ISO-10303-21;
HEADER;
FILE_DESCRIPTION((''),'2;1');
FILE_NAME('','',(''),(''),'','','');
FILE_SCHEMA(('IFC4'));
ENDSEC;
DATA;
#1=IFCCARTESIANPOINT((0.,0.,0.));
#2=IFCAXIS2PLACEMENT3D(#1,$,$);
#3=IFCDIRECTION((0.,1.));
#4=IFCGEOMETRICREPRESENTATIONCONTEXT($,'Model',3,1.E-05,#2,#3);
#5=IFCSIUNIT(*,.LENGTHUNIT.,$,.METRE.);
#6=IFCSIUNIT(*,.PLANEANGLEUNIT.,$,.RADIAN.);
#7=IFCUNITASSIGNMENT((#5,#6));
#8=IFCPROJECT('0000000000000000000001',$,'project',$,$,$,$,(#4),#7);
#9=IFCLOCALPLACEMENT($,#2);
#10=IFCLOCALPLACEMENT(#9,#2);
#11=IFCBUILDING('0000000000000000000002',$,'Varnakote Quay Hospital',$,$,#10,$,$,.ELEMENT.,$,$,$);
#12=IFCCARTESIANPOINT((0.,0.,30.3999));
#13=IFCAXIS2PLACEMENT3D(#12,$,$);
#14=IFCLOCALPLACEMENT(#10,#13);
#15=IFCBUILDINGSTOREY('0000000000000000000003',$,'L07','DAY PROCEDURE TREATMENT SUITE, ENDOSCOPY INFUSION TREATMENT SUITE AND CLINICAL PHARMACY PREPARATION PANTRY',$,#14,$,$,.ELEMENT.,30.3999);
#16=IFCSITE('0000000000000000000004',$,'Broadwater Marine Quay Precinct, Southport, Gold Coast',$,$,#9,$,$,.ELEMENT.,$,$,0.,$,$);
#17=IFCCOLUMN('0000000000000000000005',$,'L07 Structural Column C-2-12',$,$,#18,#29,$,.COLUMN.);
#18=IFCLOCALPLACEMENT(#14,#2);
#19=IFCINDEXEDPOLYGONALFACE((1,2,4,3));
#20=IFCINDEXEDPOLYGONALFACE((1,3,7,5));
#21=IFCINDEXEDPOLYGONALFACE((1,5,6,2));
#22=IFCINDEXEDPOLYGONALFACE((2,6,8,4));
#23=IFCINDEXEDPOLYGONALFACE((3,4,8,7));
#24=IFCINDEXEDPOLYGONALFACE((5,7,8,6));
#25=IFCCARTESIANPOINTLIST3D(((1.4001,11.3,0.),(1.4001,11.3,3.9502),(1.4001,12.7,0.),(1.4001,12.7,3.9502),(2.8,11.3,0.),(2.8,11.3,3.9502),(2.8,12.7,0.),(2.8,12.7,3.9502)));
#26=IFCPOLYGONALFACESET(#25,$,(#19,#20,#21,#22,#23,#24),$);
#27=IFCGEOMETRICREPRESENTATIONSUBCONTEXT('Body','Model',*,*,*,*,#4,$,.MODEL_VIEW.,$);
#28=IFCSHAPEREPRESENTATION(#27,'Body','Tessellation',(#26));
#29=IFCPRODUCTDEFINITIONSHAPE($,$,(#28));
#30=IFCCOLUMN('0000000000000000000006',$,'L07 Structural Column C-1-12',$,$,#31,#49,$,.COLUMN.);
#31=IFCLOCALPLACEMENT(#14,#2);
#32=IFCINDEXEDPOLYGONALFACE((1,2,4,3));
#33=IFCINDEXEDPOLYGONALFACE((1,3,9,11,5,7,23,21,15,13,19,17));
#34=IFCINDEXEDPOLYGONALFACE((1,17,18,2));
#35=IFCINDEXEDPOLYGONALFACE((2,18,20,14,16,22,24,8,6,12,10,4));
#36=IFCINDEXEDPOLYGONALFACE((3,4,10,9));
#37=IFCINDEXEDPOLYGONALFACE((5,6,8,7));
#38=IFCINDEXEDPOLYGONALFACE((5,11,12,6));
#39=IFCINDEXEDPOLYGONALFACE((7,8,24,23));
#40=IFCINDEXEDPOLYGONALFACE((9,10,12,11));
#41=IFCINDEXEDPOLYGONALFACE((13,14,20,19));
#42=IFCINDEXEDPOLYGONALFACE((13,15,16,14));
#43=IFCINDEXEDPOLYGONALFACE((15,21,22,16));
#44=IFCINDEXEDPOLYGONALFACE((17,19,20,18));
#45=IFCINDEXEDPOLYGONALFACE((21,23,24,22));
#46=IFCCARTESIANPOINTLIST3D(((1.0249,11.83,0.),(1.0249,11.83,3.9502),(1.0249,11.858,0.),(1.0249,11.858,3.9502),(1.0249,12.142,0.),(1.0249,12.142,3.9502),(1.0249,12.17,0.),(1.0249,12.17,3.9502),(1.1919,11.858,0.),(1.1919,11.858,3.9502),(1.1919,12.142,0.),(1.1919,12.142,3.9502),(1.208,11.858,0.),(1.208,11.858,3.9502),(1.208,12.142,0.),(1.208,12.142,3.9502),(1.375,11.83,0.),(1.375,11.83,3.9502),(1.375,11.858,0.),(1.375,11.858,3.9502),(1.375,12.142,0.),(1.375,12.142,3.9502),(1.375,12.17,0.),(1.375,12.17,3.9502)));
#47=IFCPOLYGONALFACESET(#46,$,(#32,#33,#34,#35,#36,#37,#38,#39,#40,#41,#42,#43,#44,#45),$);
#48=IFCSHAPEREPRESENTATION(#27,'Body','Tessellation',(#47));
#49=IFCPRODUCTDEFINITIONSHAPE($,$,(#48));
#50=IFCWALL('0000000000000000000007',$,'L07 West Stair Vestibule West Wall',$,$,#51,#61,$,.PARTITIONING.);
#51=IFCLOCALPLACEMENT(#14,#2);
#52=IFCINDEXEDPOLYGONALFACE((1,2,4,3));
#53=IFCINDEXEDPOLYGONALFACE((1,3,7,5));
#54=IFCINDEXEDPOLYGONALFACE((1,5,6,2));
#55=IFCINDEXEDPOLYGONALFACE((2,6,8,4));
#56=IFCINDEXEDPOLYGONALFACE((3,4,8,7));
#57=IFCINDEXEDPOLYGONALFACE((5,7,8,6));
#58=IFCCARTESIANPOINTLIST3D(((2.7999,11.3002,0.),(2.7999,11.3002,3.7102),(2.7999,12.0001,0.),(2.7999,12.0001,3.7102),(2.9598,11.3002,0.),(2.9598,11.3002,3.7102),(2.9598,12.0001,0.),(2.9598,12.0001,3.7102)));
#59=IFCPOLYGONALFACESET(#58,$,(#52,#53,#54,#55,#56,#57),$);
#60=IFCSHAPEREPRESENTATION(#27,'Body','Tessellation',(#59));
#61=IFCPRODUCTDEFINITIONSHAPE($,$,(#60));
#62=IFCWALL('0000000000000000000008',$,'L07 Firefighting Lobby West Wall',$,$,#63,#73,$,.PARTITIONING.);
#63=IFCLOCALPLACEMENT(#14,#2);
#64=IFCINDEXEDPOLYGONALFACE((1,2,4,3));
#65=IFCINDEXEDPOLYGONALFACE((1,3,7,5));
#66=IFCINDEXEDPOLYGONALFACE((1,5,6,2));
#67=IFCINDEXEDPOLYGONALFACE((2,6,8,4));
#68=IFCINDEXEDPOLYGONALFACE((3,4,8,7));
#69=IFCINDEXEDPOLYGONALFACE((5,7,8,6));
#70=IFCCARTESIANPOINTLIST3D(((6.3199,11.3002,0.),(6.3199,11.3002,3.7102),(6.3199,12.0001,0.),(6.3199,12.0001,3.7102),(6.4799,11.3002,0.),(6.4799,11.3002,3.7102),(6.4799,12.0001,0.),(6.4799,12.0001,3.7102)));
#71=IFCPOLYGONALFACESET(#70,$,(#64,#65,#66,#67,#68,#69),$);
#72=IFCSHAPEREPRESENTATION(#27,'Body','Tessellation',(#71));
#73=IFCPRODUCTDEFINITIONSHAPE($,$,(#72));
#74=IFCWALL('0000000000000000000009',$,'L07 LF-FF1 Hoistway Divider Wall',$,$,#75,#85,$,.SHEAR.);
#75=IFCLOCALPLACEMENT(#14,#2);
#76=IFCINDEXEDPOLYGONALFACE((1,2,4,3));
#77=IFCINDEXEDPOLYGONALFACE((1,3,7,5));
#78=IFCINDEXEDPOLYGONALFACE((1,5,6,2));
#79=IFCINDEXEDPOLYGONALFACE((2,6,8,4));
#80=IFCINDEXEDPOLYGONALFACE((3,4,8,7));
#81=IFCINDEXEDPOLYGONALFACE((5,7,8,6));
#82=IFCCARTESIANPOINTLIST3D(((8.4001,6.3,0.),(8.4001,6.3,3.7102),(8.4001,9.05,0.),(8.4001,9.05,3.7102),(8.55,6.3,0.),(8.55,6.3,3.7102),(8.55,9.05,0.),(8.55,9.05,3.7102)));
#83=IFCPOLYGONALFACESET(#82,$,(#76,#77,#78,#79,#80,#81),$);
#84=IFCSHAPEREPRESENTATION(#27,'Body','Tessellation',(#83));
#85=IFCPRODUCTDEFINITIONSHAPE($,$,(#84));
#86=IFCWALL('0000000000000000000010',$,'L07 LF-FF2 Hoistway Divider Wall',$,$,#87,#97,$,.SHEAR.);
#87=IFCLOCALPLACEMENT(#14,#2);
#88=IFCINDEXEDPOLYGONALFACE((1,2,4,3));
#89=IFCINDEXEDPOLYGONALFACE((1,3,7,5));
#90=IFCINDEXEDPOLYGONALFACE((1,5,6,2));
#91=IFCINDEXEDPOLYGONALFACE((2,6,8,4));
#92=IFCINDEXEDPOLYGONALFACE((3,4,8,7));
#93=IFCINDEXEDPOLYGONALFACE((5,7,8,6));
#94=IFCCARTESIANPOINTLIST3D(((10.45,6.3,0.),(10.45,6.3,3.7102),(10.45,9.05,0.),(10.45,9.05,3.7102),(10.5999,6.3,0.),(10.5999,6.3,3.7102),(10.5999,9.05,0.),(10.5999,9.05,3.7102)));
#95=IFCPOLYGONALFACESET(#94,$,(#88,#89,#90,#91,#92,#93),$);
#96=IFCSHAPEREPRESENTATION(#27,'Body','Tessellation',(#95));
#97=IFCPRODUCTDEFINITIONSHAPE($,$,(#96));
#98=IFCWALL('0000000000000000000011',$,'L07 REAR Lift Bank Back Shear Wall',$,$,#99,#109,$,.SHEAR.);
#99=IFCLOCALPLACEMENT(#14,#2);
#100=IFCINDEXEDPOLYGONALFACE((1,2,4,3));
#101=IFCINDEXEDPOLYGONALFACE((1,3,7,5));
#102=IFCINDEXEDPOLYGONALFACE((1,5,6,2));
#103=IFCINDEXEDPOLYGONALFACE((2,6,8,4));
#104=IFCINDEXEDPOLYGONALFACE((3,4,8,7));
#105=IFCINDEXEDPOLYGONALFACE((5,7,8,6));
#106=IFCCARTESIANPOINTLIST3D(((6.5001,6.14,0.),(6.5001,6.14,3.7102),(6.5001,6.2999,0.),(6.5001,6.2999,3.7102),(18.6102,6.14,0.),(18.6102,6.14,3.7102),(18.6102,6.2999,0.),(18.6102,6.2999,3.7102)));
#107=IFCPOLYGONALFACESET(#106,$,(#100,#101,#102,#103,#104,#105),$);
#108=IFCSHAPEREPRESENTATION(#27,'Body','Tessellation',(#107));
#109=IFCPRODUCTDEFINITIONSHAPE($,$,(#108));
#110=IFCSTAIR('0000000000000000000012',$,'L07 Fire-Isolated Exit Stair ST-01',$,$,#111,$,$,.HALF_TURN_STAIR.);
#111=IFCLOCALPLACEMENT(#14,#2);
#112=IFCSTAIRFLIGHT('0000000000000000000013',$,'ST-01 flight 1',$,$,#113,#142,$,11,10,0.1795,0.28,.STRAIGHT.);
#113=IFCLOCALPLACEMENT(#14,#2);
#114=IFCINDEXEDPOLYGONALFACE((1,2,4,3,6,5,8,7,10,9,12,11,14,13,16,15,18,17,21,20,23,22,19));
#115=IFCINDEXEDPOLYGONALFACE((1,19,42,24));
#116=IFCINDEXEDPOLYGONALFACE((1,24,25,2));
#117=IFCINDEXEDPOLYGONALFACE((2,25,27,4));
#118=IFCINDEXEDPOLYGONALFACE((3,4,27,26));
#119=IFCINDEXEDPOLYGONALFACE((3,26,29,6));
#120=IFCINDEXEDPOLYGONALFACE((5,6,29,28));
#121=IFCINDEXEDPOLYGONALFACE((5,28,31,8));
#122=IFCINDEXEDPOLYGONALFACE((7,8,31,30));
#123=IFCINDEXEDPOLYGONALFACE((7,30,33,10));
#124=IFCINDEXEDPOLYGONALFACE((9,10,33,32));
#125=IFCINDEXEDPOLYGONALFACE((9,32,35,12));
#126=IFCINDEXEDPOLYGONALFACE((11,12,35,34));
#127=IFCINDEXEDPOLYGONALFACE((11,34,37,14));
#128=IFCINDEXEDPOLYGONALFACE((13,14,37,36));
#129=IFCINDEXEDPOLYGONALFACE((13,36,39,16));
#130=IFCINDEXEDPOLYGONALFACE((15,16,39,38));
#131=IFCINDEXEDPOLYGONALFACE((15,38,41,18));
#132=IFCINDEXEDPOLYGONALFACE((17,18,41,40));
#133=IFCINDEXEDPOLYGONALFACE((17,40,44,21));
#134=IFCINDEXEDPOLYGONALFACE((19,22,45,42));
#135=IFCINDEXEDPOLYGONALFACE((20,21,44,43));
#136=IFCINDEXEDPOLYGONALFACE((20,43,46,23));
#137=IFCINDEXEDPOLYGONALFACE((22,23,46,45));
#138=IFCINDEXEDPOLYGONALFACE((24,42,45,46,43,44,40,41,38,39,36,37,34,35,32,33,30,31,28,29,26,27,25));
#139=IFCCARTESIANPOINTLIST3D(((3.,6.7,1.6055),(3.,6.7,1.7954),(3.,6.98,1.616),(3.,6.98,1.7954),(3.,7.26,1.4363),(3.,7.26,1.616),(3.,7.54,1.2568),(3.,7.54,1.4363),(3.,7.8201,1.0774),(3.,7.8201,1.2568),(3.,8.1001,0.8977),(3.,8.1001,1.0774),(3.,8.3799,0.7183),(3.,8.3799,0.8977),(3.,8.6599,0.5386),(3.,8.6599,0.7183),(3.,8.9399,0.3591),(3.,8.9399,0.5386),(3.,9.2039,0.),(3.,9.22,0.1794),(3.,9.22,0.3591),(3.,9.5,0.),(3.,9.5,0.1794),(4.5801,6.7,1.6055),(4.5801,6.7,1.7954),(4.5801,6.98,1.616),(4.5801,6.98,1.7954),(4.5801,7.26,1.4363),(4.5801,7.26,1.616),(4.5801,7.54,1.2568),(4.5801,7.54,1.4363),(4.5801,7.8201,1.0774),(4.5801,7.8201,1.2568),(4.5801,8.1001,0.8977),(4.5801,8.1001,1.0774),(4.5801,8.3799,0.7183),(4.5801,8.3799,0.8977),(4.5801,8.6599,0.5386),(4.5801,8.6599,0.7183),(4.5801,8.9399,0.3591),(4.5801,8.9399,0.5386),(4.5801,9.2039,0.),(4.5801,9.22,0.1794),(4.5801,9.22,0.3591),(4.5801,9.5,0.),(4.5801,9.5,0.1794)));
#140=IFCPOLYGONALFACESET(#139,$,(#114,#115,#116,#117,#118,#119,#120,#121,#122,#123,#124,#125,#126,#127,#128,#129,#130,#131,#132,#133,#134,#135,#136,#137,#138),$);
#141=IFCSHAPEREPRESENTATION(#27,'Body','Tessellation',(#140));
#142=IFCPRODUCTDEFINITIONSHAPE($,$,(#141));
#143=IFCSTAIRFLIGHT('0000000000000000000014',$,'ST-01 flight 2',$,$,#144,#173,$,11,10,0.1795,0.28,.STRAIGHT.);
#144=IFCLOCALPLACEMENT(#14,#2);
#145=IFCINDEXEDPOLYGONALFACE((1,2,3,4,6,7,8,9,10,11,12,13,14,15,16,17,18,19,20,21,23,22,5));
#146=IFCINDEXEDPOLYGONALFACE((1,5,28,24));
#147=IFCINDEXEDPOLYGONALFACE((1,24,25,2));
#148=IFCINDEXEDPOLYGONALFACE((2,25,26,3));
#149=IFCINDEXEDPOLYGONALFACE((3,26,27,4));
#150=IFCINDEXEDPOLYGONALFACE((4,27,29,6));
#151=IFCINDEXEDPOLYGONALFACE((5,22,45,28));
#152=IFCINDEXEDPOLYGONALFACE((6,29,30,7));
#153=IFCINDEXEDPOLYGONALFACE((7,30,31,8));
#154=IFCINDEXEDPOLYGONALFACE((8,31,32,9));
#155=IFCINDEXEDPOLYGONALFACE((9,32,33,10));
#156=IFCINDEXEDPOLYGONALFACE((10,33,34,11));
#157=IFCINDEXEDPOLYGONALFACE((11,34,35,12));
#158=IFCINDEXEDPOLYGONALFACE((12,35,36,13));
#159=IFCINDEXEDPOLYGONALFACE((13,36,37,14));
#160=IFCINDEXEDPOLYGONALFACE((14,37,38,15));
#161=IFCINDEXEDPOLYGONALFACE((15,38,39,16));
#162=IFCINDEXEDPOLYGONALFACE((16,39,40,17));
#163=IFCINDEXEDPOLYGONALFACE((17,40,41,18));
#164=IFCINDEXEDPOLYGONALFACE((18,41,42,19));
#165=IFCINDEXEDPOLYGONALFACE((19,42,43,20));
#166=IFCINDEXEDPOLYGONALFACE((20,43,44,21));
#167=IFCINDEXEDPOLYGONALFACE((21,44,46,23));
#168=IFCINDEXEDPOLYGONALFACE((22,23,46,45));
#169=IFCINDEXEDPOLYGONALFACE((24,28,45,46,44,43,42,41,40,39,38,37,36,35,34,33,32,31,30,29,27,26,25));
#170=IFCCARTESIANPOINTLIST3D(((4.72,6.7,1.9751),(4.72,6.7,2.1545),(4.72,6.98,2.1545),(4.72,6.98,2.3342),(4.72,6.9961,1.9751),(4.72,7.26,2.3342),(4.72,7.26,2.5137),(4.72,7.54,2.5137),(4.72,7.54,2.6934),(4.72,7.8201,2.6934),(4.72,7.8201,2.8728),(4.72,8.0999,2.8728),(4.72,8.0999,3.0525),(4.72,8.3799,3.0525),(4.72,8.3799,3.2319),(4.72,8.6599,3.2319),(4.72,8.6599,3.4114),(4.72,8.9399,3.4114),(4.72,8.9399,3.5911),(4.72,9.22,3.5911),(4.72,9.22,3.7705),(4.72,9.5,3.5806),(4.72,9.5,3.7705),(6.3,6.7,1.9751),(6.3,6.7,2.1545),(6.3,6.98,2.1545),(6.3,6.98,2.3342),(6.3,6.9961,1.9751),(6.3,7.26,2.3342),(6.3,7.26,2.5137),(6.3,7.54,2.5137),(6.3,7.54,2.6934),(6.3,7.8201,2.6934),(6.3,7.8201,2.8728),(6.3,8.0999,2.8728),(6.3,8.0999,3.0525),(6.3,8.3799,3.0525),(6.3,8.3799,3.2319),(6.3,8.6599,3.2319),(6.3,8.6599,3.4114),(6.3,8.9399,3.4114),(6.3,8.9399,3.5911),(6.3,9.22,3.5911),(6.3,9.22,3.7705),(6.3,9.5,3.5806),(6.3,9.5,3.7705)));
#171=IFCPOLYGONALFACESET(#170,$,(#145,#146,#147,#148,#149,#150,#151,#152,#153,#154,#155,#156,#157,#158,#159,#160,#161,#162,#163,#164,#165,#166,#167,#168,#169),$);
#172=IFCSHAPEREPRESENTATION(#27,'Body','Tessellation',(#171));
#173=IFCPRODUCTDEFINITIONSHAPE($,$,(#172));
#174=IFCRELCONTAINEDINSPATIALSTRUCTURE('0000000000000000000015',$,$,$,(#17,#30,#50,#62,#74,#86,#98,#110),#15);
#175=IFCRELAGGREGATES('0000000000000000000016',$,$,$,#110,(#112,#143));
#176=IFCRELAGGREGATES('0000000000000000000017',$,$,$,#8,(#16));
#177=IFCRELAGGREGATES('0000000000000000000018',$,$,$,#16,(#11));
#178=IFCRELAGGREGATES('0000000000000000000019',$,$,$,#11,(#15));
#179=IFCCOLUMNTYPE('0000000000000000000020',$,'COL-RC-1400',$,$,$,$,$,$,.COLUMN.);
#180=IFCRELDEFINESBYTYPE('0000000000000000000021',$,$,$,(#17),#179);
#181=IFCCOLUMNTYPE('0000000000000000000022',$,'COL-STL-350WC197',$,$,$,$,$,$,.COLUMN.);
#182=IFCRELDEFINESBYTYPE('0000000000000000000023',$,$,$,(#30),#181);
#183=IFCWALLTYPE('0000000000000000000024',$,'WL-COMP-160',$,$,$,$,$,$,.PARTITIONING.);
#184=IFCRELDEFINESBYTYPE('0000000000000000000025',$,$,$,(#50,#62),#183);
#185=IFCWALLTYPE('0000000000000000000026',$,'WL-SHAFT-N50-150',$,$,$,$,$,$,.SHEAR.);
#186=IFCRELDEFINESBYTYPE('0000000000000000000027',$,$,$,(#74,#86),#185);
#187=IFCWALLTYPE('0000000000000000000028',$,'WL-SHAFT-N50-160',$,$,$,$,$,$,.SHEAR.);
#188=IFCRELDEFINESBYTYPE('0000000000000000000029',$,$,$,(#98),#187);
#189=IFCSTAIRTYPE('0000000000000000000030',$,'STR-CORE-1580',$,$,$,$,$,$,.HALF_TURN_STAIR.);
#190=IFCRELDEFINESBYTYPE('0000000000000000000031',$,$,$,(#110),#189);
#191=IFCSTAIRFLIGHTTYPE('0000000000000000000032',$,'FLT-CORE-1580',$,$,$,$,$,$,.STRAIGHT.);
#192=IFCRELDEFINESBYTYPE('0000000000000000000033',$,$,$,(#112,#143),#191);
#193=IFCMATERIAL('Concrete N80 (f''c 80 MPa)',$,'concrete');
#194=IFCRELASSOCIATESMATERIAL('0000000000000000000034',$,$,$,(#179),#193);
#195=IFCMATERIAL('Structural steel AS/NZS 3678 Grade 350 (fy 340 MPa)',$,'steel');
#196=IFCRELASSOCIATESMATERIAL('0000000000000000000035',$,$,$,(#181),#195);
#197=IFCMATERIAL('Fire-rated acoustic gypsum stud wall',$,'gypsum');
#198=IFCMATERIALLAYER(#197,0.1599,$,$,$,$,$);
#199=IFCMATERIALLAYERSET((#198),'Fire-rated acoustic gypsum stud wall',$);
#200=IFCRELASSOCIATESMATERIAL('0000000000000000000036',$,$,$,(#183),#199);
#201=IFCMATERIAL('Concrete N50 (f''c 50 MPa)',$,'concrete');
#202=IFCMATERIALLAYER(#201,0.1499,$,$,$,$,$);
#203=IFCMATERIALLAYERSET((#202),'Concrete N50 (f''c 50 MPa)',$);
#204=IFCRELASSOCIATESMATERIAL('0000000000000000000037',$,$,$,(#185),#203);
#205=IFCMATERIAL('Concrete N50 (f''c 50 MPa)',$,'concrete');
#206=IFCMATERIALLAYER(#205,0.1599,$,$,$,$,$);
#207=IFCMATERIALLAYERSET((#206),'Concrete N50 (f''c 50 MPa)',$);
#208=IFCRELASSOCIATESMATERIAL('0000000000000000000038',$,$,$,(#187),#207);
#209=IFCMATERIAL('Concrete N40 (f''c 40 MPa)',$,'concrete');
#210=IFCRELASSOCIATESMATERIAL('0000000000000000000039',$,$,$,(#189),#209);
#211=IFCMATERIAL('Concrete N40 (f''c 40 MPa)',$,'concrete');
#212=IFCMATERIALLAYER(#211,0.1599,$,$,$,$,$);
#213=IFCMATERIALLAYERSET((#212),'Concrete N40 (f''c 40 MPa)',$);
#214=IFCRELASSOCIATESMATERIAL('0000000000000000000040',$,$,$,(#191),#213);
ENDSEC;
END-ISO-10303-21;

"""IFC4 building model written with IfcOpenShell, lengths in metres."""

from ifc_helpers import new_model, si_unit, direction, frame, frame_2d, origin, origin_2d, place, context, subcontext, project, spatial, polyline, rectangle, i_section, outline, extrude, material, layer, layer_set, material_profile, profile_set, type_object, element, aggregate, save


model = new_model("IFC4")

# Units and contexts
model_context = context("Model", 3, precision=1e-05, world=origin(), true_north=direction((0.0, 1.0)))
body_context = subcontext(model_context, "Body", "Model", "MODEL_VIEW")
ifc_project = project(units=[si_unit("LENGTHUNIT", "METRE"), si_unit("PLANEANGLEUNIT", "RADIAN")], contexts=[model_context])

# Site, building, storey
site_placement = place(None, origin())
site = spatial("IfcSite", under=ifc_project, at=site_placement, Name="Broadwater Marine Quay Precinct, Southport, Gold Coast", CompositionType="ELEMENT", RefElevation=0.0)
building_placement = place(site_placement, origin())
building = spatial("IfcBuilding", under=site, at=building_placement, Name="Varnakote Quay Hospital", CompositionType="ELEMENT")
storey_placement = place(building_placement, frame((0.0, 0.0, 30.3999)))
storey = spatial("IfcBuildingStorey", under=building, at=storey_placement, Name="L07", Description="DAY PROCEDURE TREATMENT SUITE, ENDOSCOPY INFUSION TREATMENT SUITE AND CLINICAL PHARMACY PREPARATION PANTRY", CompositionType="ELEMENT", Elevation=30.3999)

# Columns
ifc_material_1 = material(Name="Concrete N80 (f'c 80 MPa)", Category="concrete")
ifc_material_profile_1 = material_profile(ifc_material_1, rectangle(XDim=1.3999, YDim=1.3999, at=origin_2d()), Name="RC-COL-1400x1400")
ifc_profile_set_1 = profile_set([ifc_material_profile_1], Name="Concrete N80 (f'c 80 MPa)")
column_type_1 = type_object("IfcColumnType", Name="COL-RC-1400", PredefinedType="COLUMN", material=ifc_profile_set_1)
column_1_placement = place(storey_placement, frame((2.1001, 12.0, 0.0), z_axis=(0.0, 0.0, 1.0), x_axis=(1.0, 0.0, 0.0)))
element("IfcColumn", 1, at=column_1_placement, inside=storey, type_object=column_type_1, Name="L07 Structural Column C-2-12", PredefinedType="COLUMN", context=body_context, shape_type="SweptSolid", body=[
    extrude(rectangle(XDim=1.3999, YDim=1.3999, at=origin_2d()), origin(), (0.0, 0.0, 1.0), 3.9502),
])
ifc_material_2 = material(Name="Structural steel AS/NZS 3678 Grade 350 (fy 340 MPa)", Category="steel")
ifc_material_profile_2 = material_profile(ifc_material_2, i_section(OverallWidth=0.3501, OverallDepth=0.3401, WebThickness=0.0161, FlangeThickness=0.0281, at=origin_2d()), Name="350WC197")
ifc_profile_set_2 = profile_set([ifc_material_profile_2], Name="Structural steel AS/NZS 3678 Grade 350 (fy 340 MPa)")
column_type_2 = type_object("IfcColumnType", Name="COL-STL-350WC197", PredefinedType="COLUMN", material=ifc_profile_set_2)
column_2_placement = place(storey_placement, frame((1.2, 12.0, 0.0), z_axis=(0.0, 0.0, 1.0), x_axis=(1.0, 0.0, 0.0)))
element("IfcColumn", 2, at=column_2_placement, inside=storey, type_object=column_type_2, Name="L07 Structural Column C-1-12", PredefinedType="COLUMN", context=body_context, shape_type="SweptSolid", body=[
    extrude(i_section(OverallWidth=0.3501, OverallDepth=0.3401, WebThickness=0.0161, FlangeThickness=0.0281, at=origin_2d()), origin(), (0.0, 0.0, 1.0), 3.9502),
])

# Walls
ifc_material_3 = material(Name="Fire-rated acoustic gypsum stud wall", Category="gypsum")
ifc_layer_1 = layer(ifc_material_3, 0.1599)
ifc_layer_set_1 = layer_set([ifc_layer_1], Name="Fire-rated acoustic gypsum stud wall")
wall_type_1 = type_object("IfcWallType", Name="WL-COMP-160", PredefinedType="PARTITIONING", material=ifc_layer_set_1)
for number, where, z_axis, x_axis, name in (
    (3, (2.8799, 11.3, 0.0), (0.0, 0.0, 1.0), (0.0, 1.0, 0.0), "L07 West Stair Vestibule West Wall"),
    (4, (6.3999, 11.3, 0.0), (0.0, 0.0, 1.0), (0.0, 1.0, 0.0), "L07 Firefighting Lobby West Wall"),
):
    element("IfcWall", number, at=place(storey_placement, frame(where, z_axis=z_axis, x_axis=x_axis)), inside=storey, type_object=wall_type_1, Name=name, PredefinedType="PARTITIONING", context=body_context, shape_type="SweptSolid", body=[
        extrude(rectangle(XDim=0.7, YDim=0.1599, at=frame_2d((0.3501, 0.0))), origin(), (0.0, 0.0, 1.0), 3.7102),
    ])
ifc_material_4 = material(Name="Concrete N50 (f'c 50 MPa)", Category="concrete")
ifc_layer_2 = layer(ifc_material_4, 0.1499)
ifc_layer_set_2 = layer_set([ifc_layer_2], Name="Concrete N50 (f'c 50 MPa)")
wall_type_2 = type_object("IfcWallType", Name="WL-SHAFT-N50-150", PredefinedType="SHEAR", material=ifc_layer_set_2)
for number, where, z_axis, x_axis, name in (
    (5, (8.4751, 6.3, 0.0), (0.0, 0.0, 1.0), (0.0, 1.0, 0.0), "L07 LF-FF1 Hoistway Divider Wall"),
    (6, (10.5249, 6.3, 0.0), (0.0, 0.0, 1.0), (0.0, 1.0, 0.0), "L07 LF-FF2 Hoistway Divider Wall"),
):
    element("IfcWall", number, at=place(storey_placement, frame(where, z_axis=z_axis, x_axis=x_axis)), inside=storey, type_object=wall_type_2, Name=name, PredefinedType="SHEAR", context=body_context, shape_type="SweptSolid", body=[
        extrude(rectangle(XDim=2.75, YDim=0.1499, at=frame_2d((1.375, 0.0))), origin(), (0.0, 0.0, 1.0), 3.7102),
    ])
ifc_material_5 = material(Name="Concrete N50 (f'c 50 MPa)", Category="concrete")
ifc_layer_3 = layer(ifc_material_5, 0.1599)
ifc_layer_set_3 = layer_set([ifc_layer_3], Name="Concrete N50 (f'c 50 MPa)")
wall_type_3 = type_object("IfcWallType", Name="WL-SHAFT-N50-160", PredefinedType="SHEAR", material=ifc_layer_set_3)
wall_1_placement = place(storey_placement, frame((6.5, 6.22, 0.0), z_axis=(0.0, 0.0, 1.0), x_axis=(1.0, 0.0, 0.0)))
element("IfcWall", 7, at=wall_1_placement, inside=storey, type_object=wall_type_3, Name="L07 REAR Lift Bank Back Shear Wall", PredefinedType="SHEAR", context=body_context, shape_type="SweptSolid", body=[
    extrude(rectangle(XDim=12.1101, YDim=0.1599, at=frame_2d((6.0552, 0.0))), origin(), (0.0, 0.0, 1.0), 3.7102),
])

# Stair, stair flights
ifc_material_6 = material(Name="Concrete N40 (f'c 40 MPa)", Category="concrete")
stair_type = type_object("IfcStairType", Name="STR-CORE-1580", PredefinedType="HALF_TURN_STAIR", material=ifc_material_6)
stair_placement = place(storey_placement, origin())
stair = element("IfcStair", 8, at=stair_placement, inside=storey, type_object=stair_type, Name="L07 Fire-Isolated Exit Stair ST-01", PredefinedType="HALF_TURN_STAIR")
ifc_material_7 = material(Name="Concrete N40 (f'c 40 MPa)", Category="concrete")
ifc_layer_4 = layer(ifc_material_7, 0.1599)
ifc_layer_set_4 = layer_set([ifc_layer_4], Name="Concrete N40 (f'c 40 MPa)")
stair_flight_type = type_object("IfcStairFlightType", Name="FLT-CORE-1580", PredefinedType="STRAIGHT", material=ifc_layer_set_4)
stair_flight_1_placement = place(storey_placement, frame((3.79, 9.5, 0.0), z_axis=(0.0, 0.0, 1.0), x_axis=(0.0, -1.0, 0.0)))
stair_flight_1 = element("IfcStairFlight", 9, at=stair_flight_1_placement, type_object=stair_flight_type, Name="ST-01 flight 1", NumberOfRisers=11, NumberOfTreads=10, PredefinedType="STRAIGHT", RiserHeight=0.1795, TreadLength=0.28, context=body_context, shape_type="SweptSolid", body=[
    extrude(outline(polyline([(0.0, 0.0), (0.0, 0.1794), (0.28, 0.1794), (0.28, 0.3591), (0.5601, 0.3591), (0.5601, 0.5386), (0.8401, 0.5386), (0.8401, 0.7183), (1.1201, 0.7183), (1.1201, 0.8977), (1.3999, 0.8977), (1.3999, 1.0774), (1.6799, 1.0774), (1.6799, 1.2568), (1.96, 1.2568), (1.96, 1.4363), (2.24, 1.4363), (2.24, 1.616), (2.52, 1.616), (2.52, 1.7954), (2.8, 1.7954), (2.8, 1.9751), (2.8, 1.6055), (0.2961, 0.0), (0.0, 0.0)])), frame((0.0, 0.79, 0.0), z_axis=(0.0, -1.0, 0.0), x_axis=(1.0, 0.0, 0.0)), (0.0, 0.0, 1.0), 1.5801),
])
stair_flight_2_placement = place(storey_placement, frame((5.51, 6.7, 1.9751), z_axis=(0.0, 0.0, 1.0), x_axis=(0.0, 1.0, 0.0)))
stair_flight_2 = element("IfcStairFlight", 10, at=stair_flight_2_placement, type_object=stair_flight_type, Name="ST-01 flight 2", NumberOfRisers=11, NumberOfTreads=10, PredefinedType="STRAIGHT", RiserHeight=0.1795, TreadLength=0.28, context=body_context, shape_type="SweptSolid", body=[
    extrude(outline(polyline([(0.0, 0.0), (0.0, 0.1794), (0.28, 0.1794), (0.28, 0.3591), (0.5601, 0.3591), (0.5601, 0.5386), (0.8401, 0.5386), (0.8401, 0.7183), (1.1201, 0.7183), (1.1201, 0.8977), (1.3999, 0.8977), (1.3999, 1.0774), (1.6799, 1.0774), (1.6799, 1.2568), (1.96, 1.2568), (1.96, 1.4363), (2.24, 1.4363), (2.24, 1.616), (2.52, 1.616), (2.52, 1.7954), (2.8, 1.7954), (2.8, 1.9751), (2.8, 1.6055), (0.2961, 0.0), (0.0, 0.0)])), frame((0.0, 0.79, 0.0), z_axis=(0.0, -1.0, 0.0), x_axis=(1.0, 0.0, 0.0)), (0.0, 0.0, 1.0), 1.5801),
])
aggregate(stair, [stair_flight_1, stair_flight_2])

save(model, "model.ifc")
